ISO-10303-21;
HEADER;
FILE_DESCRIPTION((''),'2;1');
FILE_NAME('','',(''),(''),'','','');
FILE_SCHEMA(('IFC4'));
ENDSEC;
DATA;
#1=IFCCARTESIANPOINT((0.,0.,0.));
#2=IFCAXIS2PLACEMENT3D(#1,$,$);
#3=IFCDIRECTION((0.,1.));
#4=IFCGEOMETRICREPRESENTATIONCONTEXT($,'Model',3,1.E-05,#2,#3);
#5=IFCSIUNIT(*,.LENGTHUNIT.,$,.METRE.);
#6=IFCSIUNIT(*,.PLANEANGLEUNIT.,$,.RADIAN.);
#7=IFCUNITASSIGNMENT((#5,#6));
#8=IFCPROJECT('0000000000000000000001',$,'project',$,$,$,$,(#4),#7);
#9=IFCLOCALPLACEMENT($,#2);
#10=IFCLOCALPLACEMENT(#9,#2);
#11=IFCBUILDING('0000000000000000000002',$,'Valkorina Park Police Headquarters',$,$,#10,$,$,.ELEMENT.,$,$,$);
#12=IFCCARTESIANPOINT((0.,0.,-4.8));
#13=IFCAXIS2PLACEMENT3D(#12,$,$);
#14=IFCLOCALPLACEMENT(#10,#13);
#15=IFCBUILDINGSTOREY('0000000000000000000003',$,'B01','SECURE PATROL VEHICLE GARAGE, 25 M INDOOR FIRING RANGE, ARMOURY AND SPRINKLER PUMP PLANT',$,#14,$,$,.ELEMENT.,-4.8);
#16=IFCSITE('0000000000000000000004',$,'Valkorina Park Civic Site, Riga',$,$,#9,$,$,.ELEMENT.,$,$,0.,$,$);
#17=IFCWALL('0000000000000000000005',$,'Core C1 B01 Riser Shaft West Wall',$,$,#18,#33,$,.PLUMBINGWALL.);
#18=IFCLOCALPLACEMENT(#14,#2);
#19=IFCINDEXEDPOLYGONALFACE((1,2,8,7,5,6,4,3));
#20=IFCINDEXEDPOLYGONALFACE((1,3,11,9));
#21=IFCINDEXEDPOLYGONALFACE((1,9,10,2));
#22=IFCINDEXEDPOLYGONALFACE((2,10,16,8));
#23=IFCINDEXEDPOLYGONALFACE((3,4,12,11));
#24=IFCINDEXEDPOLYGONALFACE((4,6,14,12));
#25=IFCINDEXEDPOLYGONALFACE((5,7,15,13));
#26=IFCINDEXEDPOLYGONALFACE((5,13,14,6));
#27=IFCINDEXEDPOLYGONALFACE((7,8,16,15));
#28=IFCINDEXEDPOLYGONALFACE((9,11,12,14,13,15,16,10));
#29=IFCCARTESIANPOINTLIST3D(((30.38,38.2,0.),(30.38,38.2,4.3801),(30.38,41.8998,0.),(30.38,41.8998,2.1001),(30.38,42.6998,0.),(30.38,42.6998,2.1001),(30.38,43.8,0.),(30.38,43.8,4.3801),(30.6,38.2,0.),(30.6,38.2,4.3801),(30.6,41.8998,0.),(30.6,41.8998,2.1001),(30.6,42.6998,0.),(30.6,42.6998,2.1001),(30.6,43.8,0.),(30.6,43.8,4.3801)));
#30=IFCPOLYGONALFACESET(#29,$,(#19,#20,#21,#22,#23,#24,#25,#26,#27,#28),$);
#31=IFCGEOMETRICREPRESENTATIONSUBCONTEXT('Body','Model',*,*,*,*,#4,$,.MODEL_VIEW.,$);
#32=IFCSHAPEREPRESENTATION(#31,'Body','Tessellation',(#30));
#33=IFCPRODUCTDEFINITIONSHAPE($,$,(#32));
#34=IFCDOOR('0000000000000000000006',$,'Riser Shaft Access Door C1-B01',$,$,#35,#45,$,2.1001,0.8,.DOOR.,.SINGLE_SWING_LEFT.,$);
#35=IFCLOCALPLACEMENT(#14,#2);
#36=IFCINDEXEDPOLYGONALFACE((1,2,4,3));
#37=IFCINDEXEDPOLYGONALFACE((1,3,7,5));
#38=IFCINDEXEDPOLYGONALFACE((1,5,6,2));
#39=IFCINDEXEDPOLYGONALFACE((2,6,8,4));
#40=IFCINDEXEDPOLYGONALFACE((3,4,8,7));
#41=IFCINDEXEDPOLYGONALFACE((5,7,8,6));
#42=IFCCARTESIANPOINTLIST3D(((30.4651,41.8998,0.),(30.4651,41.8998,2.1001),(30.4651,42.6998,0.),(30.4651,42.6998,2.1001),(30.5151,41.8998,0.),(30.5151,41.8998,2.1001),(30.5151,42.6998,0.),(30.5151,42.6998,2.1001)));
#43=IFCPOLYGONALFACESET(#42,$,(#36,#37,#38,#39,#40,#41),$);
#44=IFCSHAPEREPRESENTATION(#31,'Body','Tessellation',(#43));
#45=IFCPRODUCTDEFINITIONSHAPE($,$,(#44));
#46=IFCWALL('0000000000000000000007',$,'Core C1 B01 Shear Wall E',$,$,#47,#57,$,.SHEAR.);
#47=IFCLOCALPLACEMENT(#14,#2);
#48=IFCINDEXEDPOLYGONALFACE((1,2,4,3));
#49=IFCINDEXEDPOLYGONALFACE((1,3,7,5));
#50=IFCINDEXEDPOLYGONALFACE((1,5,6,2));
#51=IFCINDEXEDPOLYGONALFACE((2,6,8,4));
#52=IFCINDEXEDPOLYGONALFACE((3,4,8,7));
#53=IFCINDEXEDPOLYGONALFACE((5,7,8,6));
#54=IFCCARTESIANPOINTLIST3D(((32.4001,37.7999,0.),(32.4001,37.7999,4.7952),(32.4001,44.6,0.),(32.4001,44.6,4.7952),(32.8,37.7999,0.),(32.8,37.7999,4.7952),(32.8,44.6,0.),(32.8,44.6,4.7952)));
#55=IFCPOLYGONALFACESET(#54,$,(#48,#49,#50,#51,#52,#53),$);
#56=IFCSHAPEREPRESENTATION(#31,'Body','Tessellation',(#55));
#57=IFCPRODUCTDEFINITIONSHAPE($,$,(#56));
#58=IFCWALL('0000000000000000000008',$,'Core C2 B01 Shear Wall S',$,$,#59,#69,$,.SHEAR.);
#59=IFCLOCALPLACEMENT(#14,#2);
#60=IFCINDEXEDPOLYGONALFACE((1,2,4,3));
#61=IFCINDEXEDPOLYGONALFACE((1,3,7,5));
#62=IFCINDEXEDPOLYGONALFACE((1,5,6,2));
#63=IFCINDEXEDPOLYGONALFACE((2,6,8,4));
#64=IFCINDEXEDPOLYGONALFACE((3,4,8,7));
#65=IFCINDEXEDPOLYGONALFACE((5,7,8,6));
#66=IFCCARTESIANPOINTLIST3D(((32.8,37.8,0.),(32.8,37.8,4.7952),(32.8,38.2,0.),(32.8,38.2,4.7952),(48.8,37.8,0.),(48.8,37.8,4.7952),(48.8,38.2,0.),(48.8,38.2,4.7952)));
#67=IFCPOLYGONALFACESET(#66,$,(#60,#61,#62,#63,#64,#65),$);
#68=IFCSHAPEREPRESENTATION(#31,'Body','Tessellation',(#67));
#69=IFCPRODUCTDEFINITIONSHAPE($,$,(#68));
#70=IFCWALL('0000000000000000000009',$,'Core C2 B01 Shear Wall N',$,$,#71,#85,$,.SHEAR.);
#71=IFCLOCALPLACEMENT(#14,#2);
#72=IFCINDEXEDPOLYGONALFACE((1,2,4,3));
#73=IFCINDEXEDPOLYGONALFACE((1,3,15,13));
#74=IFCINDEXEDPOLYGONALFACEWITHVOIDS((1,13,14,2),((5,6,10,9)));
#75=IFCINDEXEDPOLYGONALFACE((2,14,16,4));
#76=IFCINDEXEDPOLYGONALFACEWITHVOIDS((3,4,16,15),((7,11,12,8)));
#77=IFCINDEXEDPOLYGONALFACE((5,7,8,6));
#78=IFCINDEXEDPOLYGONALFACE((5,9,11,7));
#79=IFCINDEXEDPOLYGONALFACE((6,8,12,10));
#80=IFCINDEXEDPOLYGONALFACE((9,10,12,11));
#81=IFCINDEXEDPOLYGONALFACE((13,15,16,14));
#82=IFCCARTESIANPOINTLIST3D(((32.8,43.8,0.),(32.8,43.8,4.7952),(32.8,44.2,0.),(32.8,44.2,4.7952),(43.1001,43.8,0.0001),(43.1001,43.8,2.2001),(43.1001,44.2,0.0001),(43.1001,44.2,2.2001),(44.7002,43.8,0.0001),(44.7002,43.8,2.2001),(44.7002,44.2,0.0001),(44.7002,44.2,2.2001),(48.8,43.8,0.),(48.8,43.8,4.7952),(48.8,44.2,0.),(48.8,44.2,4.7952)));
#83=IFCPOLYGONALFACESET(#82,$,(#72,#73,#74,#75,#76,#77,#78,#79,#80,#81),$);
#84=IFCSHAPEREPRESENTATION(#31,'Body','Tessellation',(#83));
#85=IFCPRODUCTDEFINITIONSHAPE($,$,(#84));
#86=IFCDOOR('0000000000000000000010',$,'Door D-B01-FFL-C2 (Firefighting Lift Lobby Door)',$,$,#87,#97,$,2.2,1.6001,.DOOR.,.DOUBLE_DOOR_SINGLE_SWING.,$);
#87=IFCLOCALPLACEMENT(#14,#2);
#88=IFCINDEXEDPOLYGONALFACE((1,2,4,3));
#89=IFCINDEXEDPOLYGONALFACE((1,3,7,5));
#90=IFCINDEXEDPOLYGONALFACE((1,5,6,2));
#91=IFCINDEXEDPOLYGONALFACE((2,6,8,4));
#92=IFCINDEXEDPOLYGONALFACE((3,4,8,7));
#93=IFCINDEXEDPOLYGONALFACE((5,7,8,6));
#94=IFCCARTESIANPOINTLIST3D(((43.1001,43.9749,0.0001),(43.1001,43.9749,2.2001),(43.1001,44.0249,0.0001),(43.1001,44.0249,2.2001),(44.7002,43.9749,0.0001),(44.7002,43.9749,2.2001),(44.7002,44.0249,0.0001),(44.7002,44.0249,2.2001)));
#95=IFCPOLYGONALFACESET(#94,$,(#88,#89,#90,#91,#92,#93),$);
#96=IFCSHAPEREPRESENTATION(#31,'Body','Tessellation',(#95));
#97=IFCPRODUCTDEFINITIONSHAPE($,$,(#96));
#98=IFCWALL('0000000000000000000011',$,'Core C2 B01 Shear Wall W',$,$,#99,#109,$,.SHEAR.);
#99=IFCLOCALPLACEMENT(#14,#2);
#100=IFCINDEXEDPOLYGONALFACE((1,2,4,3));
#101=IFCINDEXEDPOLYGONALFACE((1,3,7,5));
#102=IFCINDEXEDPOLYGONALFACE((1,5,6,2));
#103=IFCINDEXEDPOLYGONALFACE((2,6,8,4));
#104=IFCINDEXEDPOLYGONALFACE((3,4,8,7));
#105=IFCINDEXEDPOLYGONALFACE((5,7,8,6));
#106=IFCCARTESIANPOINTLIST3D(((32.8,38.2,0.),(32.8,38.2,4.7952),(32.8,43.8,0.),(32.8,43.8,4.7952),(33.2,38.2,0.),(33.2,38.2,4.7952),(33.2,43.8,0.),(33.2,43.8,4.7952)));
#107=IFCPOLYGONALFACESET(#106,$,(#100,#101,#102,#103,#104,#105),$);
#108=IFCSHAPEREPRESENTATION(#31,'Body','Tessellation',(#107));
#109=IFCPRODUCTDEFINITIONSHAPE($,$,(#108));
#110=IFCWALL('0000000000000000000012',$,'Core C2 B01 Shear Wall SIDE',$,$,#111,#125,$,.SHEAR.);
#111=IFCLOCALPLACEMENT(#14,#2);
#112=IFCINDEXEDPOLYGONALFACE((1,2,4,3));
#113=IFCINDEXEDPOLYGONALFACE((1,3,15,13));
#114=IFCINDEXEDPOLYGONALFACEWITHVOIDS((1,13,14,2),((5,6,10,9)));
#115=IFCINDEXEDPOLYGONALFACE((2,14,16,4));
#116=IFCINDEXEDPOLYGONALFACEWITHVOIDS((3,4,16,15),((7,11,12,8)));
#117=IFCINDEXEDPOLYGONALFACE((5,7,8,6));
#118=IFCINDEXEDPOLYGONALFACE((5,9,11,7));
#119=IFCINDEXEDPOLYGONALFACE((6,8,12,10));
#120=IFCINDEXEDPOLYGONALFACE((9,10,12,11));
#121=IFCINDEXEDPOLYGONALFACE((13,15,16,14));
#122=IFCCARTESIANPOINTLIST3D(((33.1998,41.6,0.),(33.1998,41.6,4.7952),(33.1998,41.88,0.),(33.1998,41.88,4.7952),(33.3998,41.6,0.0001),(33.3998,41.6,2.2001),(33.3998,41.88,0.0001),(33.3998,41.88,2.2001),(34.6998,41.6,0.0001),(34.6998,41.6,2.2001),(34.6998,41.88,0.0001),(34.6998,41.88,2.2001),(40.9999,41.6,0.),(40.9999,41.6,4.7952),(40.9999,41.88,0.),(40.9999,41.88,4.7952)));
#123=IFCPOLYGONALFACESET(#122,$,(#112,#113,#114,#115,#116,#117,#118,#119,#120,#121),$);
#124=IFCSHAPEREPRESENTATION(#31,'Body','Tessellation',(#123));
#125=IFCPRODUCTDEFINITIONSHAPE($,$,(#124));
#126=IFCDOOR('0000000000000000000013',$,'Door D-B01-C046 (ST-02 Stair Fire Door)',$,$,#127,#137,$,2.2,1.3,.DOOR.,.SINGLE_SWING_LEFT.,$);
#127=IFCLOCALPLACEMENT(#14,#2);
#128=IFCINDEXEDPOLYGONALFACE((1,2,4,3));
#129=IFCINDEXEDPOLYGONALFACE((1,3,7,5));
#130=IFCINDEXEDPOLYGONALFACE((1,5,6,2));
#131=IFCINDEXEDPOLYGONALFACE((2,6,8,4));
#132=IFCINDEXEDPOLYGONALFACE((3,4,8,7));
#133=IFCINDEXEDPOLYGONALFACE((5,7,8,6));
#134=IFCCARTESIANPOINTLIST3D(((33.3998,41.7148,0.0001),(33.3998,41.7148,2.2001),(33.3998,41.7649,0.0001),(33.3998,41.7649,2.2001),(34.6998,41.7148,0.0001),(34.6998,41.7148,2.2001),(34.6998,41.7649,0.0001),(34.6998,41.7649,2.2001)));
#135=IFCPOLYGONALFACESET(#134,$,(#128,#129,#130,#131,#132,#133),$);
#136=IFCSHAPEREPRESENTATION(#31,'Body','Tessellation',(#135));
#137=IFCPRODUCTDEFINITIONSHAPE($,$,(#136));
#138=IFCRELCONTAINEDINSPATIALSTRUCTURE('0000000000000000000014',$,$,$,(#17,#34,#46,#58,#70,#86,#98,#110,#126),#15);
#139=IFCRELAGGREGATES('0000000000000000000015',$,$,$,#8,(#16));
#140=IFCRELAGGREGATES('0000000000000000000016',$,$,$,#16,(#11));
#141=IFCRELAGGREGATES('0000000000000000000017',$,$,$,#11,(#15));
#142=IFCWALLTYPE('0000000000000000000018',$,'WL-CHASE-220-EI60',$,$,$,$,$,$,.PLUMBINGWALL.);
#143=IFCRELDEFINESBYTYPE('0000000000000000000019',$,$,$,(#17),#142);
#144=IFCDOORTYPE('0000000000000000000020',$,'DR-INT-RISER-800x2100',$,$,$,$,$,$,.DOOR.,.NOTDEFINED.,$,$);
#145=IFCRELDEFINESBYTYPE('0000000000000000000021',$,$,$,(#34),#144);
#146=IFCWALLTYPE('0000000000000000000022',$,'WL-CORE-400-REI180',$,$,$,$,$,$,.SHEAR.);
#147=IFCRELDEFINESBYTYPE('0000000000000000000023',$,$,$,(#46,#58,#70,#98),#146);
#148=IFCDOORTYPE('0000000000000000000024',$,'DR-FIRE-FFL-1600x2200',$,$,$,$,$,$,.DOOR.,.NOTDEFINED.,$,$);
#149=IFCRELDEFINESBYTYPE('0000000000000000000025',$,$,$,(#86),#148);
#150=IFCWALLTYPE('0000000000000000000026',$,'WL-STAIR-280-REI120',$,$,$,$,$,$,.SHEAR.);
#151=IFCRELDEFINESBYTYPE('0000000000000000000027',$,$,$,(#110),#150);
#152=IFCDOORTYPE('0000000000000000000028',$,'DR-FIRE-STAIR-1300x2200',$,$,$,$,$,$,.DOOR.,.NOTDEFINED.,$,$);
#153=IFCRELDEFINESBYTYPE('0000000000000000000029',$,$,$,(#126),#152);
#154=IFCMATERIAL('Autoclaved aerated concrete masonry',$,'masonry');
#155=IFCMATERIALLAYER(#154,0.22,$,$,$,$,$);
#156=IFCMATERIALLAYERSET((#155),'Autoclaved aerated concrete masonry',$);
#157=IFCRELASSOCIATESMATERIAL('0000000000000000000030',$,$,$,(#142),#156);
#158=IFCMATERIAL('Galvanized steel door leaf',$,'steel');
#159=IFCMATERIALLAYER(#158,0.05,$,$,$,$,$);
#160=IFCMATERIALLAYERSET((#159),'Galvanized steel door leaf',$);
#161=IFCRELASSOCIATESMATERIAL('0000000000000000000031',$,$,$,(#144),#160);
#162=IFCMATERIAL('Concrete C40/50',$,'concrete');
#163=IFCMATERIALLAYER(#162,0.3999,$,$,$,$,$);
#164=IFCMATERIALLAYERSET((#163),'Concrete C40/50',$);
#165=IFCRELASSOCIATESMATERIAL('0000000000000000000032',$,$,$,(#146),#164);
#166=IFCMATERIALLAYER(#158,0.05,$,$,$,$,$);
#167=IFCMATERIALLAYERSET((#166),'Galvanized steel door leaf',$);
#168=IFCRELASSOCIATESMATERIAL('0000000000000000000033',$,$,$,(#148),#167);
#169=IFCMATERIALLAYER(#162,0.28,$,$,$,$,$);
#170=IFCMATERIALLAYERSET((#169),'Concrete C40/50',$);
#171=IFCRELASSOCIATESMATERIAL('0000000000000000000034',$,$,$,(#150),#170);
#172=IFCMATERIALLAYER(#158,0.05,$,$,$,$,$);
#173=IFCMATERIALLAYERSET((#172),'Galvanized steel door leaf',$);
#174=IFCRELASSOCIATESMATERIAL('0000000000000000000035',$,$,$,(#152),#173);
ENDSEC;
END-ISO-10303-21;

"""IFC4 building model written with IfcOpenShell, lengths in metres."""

from ifc_helpers import new_model, si_unit, direction, frame, frame_2d, origin, place, context, subcontext, project, spatial, rectangle, extrude, material, layer, layer_set, type_object, element, fill, save


model = new_model("IFC4")

# Units and contexts
model_context = context("Model", 3, precision=1e-05, world=origin(), true_north=direction((0.0, 1.0)))
body_context = subcontext(model_context, "Body", "Model", "MODEL_VIEW")
ifc_project = project(units=[si_unit("LENGTHUNIT", "METRE"), si_unit("PLANEANGLEUNIT", "RADIAN")], contexts=[model_context])

# Site, building, storey
site_placement = place(None, origin())
site = spatial("IfcSite", under=ifc_project, at=site_placement, Name="Valkorina Park Civic Site, Riga", CompositionType="ELEMENT", RefElevation=0.0)
building_placement = place(site_placement, origin())
building = spatial("IfcBuilding", under=site, at=building_placement, Name="Valkorina Park Police Headquarters", CompositionType="ELEMENT")
storey_placement = place(building_placement, frame((0.0, 0.0, -4.8)))
storey = spatial("IfcBuildingStorey", under=building, at=storey_placement, Name="B01", Description="SECURE PATROL VEHICLE GARAGE, 25 M INDOOR FIRING RANGE, ARMOURY AND SPRINKLER PUMP PLANT", CompositionType="ELEMENT", Elevation=-4.8)

# Shared definitions
ifc_material_1 = material(Name="Concrete C40/50", Category="concrete")

# Shared definitions
ifc_material_2 = material(Name="Autoclaved aerated concrete masonry", Category="masonry")
ifc_layer_1 = layer(ifc_material_2, 0.22)
ifc_layer_set_1 = layer_set([ifc_layer_1], Name="Autoclaved aerated concrete masonry")
wall_type_1 = type_object("IfcWallType", Name="WL-CHASE-220-EI60", PredefinedType="PLUMBINGWALL", material=ifc_layer_set_1)

# Wall, opening, door
wall_1_placement = place(storey_placement, frame((30.49, 38.2, 0.0), z_axis=(0.0, 0.0, 1.0), x_axis=(0.0, 1.0, 0.0)))
wall_1 = element("IfcWall", 1, at=wall_1_placement, inside=storey, type_object=wall_type_1, Name="Core C1 B01 Riser Shaft West Wall", PredefinedType="PLUMBINGWALL", context=body_context, shape_type="SweptSolid", body=[
    extrude(rectangle(XDim=5.6001, YDim=0.22, at=frame_2d((2.8, 0.0))), origin(), (0.0, 0.0, 1.0), 4.3801),
])
opening_1_placement = place(wall_1_placement, frame((3.7, 0.0, 0.0)))
opening_1 = element("IfcOpeningElement", 2, at=opening_1_placement, cuts=wall_1, PredefinedType="OPENING", context=body_context, shape_type="SweptSolid", body=[
    extrude(rectangle(XDim=0.8, YDim=2.1001, at=frame_2d((0.3999, 1.05))), frame((0.0, 0.1201, 0.0), z_axis=(0.0, -1.0, 0.0), x_axis=(1.0, 0.0, 0.0)), (0.0, 0.0, 1.0), 0.24),
])
ifc_material_3 = material(Name="Galvanized steel door leaf", Category="steel")
ifc_layer_2 = layer(ifc_material_3, 0.05)
ifc_layer_set_2 = layer_set([ifc_layer_2], Name="Galvanized steel door leaf")
door_type_1 = type_object("IfcDoorType", Name="DR-INT-RISER-800x2100", OperationType="NOTDEFINED", PredefinedType="DOOR", material=ifc_layer_set_2)
door_1_placement = place(opening_1_placement, origin())
door_1 = element("IfcDoor", 3, at=door_1_placement, inside=storey, type_object=door_type_1, Name="Riser Shaft Access Door C1-B01", OperationType="SINGLE_SWING_LEFT", OverallHeight=2.1001, OverallWidth=0.8, PredefinedType="DOOR", context=body_context, shape_type="SweptSolid", body=[
    extrude(rectangle(XDim=0.8, YDim=2.1001, at=frame_2d((0.3999, 1.05))), frame((0.0, 0.0249, 0.0), z_axis=(0.0, -1.0, 0.0), x_axis=(1.0, 0.0, 0.0)), (0.0, 0.0, 1.0), 0.05),
])
fill(opening_1, door_1)

# Walls
ifc_layer_3 = layer(ifc_material_1, 0.3999)
ifc_layer_set_3 = layer_set([ifc_layer_3], Name="Concrete C40/50")
wall_type_2 = type_object("IfcWallType", Name="WL-CORE-400-REI180", PredefinedType="SHEAR", material=ifc_layer_set_3)
wall_2_placement = place(storey_placement, frame((32.6001, 37.8, 0.0), z_axis=(0.0, 0.0, 1.0), x_axis=(0.0, 1.0, 0.0)))
element("IfcWall", 4, at=wall_2_placement, inside=storey, type_object=wall_type_2, Name="Core C1 B01 Shear Wall E", PredefinedType="SHEAR", context=body_context, shape_type="SweptSolid", body=[
    extrude(rectangle(XDim=6.8, YDim=0.3999, at=frame_2d((3.3999, 0.0))), origin(), (0.0, 0.0, 1.0), 4.7952),
])
wall_3_placement = place(storey_placement, frame((32.8, 38.0, 0.0), z_axis=(0.0, 0.0, 1.0), x_axis=(1.0, 0.0, 0.0)))
element("IfcWall", 5, at=wall_3_placement, inside=storey, type_object=wall_type_2, Name="Core C2 B01 Shear Wall S", PredefinedType="SHEAR", context=body_context, shape_type="SweptSolid", body=[
    extrude(rectangle(XDim=16.0, YDim=0.3999, at=frame_2d((8.0, 0.0))), origin(), (0.0, 0.0, 1.0), 4.7952),
])

# Wall, opening, door
wall_4_placement = place(storey_placement, frame((32.8, 44.0, 0.0), z_axis=(0.0, 0.0, 1.0), x_axis=(1.0, 0.0, 0.0)))
wall_4 = element("IfcWall", 6, at=wall_4_placement, inside=storey, type_object=wall_type_2, Name="Core C2 B01 Shear Wall N", PredefinedType="SHEAR", context=body_context, shape_type="SweptSolid", body=[
    extrude(rectangle(XDim=16.0, YDim=0.3999, at=frame_2d((8.0, 0.0))), origin(), (0.0, 0.0, 1.0), 4.7952),
])
opening_2_placement = place(wall_4_placement, frame((10.3, 0.0, 0.0)))
opening_2 = element("IfcOpeningElement", 7, at=opening_2_placement, cuts=wall_4, PredefinedType="OPENING", context=body_context, shape_type="SweptSolid", body=[
    extrude(rectangle(XDim=1.6001, YDim=2.2, at=frame_2d((0.8, 1.1001))), frame((0.0, 0.21, 0.0), z_axis=(0.0, -1.0, 0.0), x_axis=(1.0, 0.0, 0.0)), (0.0, 0.0, 1.0), 0.4199),
])
ifc_layer_4 = layer(ifc_material_3, 0.05)
ifc_layer_set_4 = layer_set([ifc_layer_4], Name="Galvanized steel door leaf")
door_type_2 = type_object("IfcDoorType", Name="DR-FIRE-FFL-1600x2200", OperationType="NOTDEFINED", PredefinedType="DOOR", material=ifc_layer_set_4)
door_2_placement = place(opening_2_placement, origin())
door_2 = element("IfcDoor", 8, at=door_2_placement, inside=storey, type_object=door_type_2, Name="Door D-B01-FFL-C2 (Firefighting Lift Lobby Door)", OperationType="DOUBLE_DOOR_SINGLE_SWING", OverallHeight=2.2, OverallWidth=1.6001, PredefinedType="DOOR", context=body_context, shape_type="SweptSolid", body=[
    extrude(rectangle(XDim=1.6001, YDim=2.2, at=frame_2d((0.8, 1.1001))), frame((0.0, 0.0249, 0.0), z_axis=(0.0, -1.0, 0.0), x_axis=(1.0, 0.0, 0.0)), (0.0, 0.0, 1.0), 0.05),
])
fill(opening_2, door_2)

# Wall
wall_5_placement = place(storey_placement, frame((33.0, 38.2, 0.0), z_axis=(0.0, 0.0, 1.0), x_axis=(0.0, 1.0, 0.0)))
element("IfcWall", 9, at=wall_5_placement, inside=storey, type_object=wall_type_2, Name="Core C2 B01 Shear Wall W", PredefinedType="SHEAR", context=body_context, shape_type="SweptSolid", body=[
    extrude(rectangle(XDim=5.6001, YDim=0.3999, at=frame_2d((2.8, 0.0))), origin(), (0.0, 0.0, 1.0), 4.7952),
])

# Wall, opening, door
ifc_layer_5 = layer(ifc_material_1, 0.28)
ifc_layer_set_5 = layer_set([ifc_layer_5], Name="Concrete C40/50")
wall_type_3 = type_object("IfcWallType", Name="WL-STAIR-280-REI120", PredefinedType="SHEAR", material=ifc_layer_set_5)
wall_6_placement = place(storey_placement, frame((33.2, 41.74, 0.0), z_axis=(0.0, 0.0, 1.0), x_axis=(1.0, 0.0, 0.0)))
wall_6 = element("IfcWall", 10, at=wall_6_placement, inside=storey, type_object=wall_type_3, Name="Core C2 B01 Shear Wall SIDE", PredefinedType="SHEAR", context=body_context, shape_type="SweptSolid", body=[
    extrude(rectangle(XDim=7.8, YDim=0.28, at=frame_2d((3.8999, 0.0))), origin(), (0.0, 0.0, 1.0), 4.7952),
])
opening_3_placement = place(wall_6_placement, frame((0.2, 0.0, 0.0)))
opening_3 = element("IfcOpeningElement", 11, at=opening_3_placement, cuts=wall_6, PredefinedType="OPENING", context=body_context, shape_type="SweptSolid", body=[
    extrude(rectangle(XDim=1.3, YDim=2.2, at=frame_2d((0.6499, 1.1001))), frame((0.0, 0.1499, 0.0), z_axis=(0.0, -1.0, 0.0), x_axis=(1.0, 0.0, 0.0)), (0.0, 0.0, 1.0), 0.3),
])
ifc_layer_6 = layer(ifc_material_3, 0.05)
ifc_layer_set_6 = layer_set([ifc_layer_6], Name="Galvanized steel door leaf")
door_type_3 = type_object("IfcDoorType", Name="DR-FIRE-STAIR-1300x2200", OperationType="NOTDEFINED", PredefinedType="DOOR", material=ifc_layer_set_6)
door_3_placement = place(opening_3_placement, origin())
door_3 = element("IfcDoor", 12, at=door_3_placement, inside=storey, type_object=door_type_3, Name="Door D-B01-C046 (ST-02 Stair Fire Door)", OperationType="SINGLE_SWING_LEFT", OverallHeight=2.2, OverallWidth=1.3, PredefinedType="DOOR", context=body_context, shape_type="SweptSolid", body=[
    extrude(rectangle(XDim=1.3, YDim=2.2, at=frame_2d((0.6499, 1.1001))), frame((0.0, 0.0249, 0.0), z_axis=(0.0, -1.0, 0.0), x_axis=(1.0, 0.0, 0.0)), (0.0, 0.0, 1.0), 0.05),
])
fill(opening_3, door_3)

save(model, "model.ifc")
